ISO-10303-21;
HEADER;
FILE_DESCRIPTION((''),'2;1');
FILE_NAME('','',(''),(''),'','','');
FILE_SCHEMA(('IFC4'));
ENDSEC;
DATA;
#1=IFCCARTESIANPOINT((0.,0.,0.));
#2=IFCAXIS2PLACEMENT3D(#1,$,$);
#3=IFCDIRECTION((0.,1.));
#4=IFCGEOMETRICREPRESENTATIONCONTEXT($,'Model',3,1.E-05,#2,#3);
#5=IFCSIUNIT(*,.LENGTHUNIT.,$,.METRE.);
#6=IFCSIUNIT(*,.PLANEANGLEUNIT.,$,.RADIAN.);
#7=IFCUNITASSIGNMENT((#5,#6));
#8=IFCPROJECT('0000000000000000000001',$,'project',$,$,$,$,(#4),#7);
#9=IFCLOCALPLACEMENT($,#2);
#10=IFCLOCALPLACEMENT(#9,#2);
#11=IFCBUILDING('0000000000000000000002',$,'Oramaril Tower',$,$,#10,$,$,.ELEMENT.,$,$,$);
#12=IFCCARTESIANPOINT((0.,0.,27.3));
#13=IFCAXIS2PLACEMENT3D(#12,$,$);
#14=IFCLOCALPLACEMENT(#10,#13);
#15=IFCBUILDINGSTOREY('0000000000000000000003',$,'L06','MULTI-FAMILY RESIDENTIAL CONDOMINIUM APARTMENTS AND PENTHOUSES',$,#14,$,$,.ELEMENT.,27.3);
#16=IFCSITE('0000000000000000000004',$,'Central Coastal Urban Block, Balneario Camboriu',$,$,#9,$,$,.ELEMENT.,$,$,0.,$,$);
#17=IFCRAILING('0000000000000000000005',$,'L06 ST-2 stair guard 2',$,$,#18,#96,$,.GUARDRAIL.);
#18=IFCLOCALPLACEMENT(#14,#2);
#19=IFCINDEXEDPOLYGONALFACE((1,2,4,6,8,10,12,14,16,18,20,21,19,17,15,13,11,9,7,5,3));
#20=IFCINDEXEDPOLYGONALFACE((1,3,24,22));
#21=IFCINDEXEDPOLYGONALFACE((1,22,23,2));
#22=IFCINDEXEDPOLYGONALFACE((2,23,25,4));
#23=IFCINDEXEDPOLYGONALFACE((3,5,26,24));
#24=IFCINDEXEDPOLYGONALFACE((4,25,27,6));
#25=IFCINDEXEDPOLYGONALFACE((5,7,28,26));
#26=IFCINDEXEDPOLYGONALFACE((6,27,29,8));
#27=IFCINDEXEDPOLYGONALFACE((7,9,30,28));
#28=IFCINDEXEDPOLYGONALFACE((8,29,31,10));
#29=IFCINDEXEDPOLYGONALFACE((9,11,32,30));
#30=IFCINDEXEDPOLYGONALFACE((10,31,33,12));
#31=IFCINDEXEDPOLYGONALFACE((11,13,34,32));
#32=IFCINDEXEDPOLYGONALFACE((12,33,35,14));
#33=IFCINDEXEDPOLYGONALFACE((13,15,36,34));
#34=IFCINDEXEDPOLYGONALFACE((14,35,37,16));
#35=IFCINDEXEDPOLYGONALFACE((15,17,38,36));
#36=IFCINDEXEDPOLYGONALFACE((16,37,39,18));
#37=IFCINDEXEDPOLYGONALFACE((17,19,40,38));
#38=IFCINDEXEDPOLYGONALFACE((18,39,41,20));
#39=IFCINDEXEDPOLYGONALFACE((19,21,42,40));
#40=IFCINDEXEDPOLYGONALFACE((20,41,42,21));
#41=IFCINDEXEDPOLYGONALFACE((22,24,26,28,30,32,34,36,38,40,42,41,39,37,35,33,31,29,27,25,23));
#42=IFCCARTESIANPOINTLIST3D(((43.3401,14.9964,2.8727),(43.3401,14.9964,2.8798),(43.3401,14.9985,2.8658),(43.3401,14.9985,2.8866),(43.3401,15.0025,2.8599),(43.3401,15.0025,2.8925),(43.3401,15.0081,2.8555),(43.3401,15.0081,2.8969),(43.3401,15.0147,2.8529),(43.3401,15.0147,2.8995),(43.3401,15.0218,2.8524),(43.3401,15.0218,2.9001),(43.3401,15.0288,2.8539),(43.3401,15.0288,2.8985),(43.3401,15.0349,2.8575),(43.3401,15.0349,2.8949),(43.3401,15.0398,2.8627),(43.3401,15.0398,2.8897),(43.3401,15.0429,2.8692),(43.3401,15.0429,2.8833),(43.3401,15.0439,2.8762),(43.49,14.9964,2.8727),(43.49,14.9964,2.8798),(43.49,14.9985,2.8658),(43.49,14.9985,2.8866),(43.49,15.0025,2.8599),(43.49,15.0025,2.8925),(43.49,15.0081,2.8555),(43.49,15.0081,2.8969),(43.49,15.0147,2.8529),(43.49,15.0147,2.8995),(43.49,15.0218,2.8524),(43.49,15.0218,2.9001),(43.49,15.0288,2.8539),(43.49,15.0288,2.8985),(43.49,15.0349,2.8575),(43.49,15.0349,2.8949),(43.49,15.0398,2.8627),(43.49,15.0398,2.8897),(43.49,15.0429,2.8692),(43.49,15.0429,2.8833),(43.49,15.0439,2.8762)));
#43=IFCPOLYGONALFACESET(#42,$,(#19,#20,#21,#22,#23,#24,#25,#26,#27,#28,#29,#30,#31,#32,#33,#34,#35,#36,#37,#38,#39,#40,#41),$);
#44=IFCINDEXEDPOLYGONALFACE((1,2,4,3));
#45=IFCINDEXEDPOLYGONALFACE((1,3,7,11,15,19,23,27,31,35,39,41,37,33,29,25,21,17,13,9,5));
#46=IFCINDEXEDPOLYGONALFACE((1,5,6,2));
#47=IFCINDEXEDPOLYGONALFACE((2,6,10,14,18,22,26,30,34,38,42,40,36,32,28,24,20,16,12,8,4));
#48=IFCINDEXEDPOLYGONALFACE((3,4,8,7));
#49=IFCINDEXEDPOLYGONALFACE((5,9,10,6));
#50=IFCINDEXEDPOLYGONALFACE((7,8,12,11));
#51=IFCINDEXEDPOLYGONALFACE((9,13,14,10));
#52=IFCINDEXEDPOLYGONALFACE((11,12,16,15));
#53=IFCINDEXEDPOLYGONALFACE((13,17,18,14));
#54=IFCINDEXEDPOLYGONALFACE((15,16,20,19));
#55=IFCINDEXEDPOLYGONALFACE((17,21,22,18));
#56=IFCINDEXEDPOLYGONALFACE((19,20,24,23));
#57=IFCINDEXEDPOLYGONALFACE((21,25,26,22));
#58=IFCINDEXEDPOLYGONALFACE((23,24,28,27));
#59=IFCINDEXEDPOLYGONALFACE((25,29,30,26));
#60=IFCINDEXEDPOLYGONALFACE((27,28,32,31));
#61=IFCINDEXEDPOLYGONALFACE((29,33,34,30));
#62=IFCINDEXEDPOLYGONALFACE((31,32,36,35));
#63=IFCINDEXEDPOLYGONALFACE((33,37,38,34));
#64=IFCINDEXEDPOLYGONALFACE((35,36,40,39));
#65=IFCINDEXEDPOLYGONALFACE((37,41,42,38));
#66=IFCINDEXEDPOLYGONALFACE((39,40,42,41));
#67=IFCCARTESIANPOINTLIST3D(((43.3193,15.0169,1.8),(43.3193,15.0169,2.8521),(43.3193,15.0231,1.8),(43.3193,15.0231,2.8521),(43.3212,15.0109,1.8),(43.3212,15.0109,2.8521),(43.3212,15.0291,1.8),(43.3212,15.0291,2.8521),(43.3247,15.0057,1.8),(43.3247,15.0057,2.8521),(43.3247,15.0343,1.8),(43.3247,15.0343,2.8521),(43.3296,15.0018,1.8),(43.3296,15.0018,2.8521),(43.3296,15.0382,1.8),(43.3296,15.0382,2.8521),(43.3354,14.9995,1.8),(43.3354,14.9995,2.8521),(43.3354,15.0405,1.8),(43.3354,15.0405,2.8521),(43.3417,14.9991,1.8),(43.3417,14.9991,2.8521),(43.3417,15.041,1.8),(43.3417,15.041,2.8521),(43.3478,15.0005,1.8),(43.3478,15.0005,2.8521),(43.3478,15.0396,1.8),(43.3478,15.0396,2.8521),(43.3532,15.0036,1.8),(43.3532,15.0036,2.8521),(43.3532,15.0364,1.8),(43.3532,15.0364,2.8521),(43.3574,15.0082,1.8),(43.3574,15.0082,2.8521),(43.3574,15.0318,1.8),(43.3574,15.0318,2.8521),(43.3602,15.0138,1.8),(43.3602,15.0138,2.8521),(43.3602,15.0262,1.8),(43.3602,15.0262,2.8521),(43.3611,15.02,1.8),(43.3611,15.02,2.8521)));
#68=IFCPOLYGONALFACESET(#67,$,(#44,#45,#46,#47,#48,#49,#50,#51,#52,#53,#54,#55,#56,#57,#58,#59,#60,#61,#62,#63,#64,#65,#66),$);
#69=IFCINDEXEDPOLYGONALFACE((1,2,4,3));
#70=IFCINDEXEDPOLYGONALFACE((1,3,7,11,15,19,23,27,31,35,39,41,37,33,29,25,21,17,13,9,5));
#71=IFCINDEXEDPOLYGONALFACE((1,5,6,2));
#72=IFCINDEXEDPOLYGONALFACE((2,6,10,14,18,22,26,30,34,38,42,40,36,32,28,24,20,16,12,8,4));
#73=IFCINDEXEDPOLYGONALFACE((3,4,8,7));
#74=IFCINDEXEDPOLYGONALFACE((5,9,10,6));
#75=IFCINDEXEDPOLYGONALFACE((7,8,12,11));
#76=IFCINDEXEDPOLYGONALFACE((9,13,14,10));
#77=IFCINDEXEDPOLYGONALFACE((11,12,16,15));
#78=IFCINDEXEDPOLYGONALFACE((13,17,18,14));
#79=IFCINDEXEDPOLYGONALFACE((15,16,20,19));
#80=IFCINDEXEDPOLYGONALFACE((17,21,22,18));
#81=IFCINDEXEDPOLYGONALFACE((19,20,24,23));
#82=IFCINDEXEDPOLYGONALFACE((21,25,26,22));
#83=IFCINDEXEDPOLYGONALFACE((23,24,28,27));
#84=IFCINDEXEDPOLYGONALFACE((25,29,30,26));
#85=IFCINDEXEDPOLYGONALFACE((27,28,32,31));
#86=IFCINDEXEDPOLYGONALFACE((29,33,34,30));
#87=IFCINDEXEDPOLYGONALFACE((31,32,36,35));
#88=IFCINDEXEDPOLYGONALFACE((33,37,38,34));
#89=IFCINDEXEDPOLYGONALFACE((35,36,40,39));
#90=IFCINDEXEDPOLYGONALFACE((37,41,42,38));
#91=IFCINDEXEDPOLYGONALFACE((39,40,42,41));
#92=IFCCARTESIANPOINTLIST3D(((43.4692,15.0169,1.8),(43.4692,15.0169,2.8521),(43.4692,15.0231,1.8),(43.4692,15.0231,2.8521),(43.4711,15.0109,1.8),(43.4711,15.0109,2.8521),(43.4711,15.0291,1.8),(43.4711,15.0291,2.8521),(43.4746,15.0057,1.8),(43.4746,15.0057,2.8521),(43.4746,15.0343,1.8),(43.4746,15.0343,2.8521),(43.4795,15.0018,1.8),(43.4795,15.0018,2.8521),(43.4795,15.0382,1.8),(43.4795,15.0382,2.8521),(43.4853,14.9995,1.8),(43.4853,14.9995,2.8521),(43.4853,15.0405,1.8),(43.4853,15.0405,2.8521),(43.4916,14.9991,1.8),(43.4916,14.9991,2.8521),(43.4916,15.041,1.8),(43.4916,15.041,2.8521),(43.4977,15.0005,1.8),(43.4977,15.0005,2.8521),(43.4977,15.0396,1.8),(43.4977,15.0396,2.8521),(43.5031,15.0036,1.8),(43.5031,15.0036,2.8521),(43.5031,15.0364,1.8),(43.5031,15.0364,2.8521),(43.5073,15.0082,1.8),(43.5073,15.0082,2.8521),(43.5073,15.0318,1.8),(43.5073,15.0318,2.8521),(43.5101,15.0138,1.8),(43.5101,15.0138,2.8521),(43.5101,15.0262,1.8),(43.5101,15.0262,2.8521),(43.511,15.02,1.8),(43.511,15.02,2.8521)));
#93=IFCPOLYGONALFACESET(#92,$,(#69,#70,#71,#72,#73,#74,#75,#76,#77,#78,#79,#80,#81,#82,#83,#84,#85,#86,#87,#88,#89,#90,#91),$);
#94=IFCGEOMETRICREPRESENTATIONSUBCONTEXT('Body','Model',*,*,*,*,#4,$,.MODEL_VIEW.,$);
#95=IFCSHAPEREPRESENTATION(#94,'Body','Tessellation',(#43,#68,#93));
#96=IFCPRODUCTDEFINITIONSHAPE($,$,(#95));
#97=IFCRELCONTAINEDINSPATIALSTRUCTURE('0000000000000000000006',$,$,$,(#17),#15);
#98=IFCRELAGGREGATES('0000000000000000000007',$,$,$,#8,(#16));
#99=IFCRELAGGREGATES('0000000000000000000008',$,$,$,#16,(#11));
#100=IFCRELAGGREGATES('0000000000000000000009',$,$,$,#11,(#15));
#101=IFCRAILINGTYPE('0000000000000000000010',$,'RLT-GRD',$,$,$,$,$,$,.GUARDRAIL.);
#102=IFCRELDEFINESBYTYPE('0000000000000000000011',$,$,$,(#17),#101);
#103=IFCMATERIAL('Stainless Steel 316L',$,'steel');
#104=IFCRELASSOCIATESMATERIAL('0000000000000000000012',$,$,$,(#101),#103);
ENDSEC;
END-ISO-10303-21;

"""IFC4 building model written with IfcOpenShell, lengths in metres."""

from ifc_helpers import new_model, si_unit, direction, frame, origin, origin_2d, place, context, subcontext, project, spatial, circle, extrude, material, type_object, element, save


model = new_model("IFC4")

# Units and contexts
model_context = context("Model", 3, precision=1e-05, world=origin(), true_north=direction((0.0, 1.0)))
body_context = subcontext(model_context, "Body", "Model", "MODEL_VIEW")
ifc_project = project(units=[si_unit("LENGTHUNIT", "METRE"), si_unit("PLANEANGLEUNIT", "RADIAN")], contexts=[model_context])

# Site, building, storey
site_placement = place(None, origin())
site = spatial("IfcSite", under=ifc_project, at=site_placement, Name="Central Coastal Urban Block, Balneario Camboriu", CompositionType="ELEMENT", RefElevation=0.0)
building_placement = place(site_placement, origin())
building = spatial("IfcBuilding", under=site, at=building_placement, Name="Oramaril Tower", CompositionType="ELEMENT")
storey_placement = place(building_placement, frame((0.0, 0.0, 27.3)))
storey = spatial("IfcBuildingStorey", under=building, at=storey_placement, Name="L06", Description="MULTI-FAMILY RESIDENTIAL CONDOMINIUM APARTMENTS AND PENTHOUSES", CompositionType="ELEMENT", Elevation=27.3)

# Railing
ifc_material_1 = material(Name="Stainless Steel 316L", Category="steel")
railing_type_1 = type_object("IfcRailingType", Name="RLT-GRD", PredefinedType="GUARDRAIL", material=ifc_material_1)
railing_1_placement = place(storey_placement, frame((43.3401, 15.02, 1.8)))
element("IfcRailing", 1, at=railing_1_placement, inside=storey, type_object=railing_type_1, Name="L06 ST-2 stair guard 2", PredefinedType="GUARDRAIL", context=body_context, shape_type="SweptSolid", body=[
    extrude(circle(Radius=0.0239, at=origin_2d()), frame((0.0, 0.0, 1.0762), z_axis=(1.0, 0.0, 0.0), x_axis=(0.0, 1.0, 0.0)), (0.0, 0.0, 1.0), 0.1499),
    extrude(circle(Radius=0.021, at=origin_2d()), origin(), (0.0, 0.0, 1.0), 1.052),
    extrude(circle(Radius=0.021, at=origin_2d()), frame((0.1499, 0.0, 0.0)), (0.0, 0.0, 1.0), 1.052),
])

save(model, "model.ifc")
